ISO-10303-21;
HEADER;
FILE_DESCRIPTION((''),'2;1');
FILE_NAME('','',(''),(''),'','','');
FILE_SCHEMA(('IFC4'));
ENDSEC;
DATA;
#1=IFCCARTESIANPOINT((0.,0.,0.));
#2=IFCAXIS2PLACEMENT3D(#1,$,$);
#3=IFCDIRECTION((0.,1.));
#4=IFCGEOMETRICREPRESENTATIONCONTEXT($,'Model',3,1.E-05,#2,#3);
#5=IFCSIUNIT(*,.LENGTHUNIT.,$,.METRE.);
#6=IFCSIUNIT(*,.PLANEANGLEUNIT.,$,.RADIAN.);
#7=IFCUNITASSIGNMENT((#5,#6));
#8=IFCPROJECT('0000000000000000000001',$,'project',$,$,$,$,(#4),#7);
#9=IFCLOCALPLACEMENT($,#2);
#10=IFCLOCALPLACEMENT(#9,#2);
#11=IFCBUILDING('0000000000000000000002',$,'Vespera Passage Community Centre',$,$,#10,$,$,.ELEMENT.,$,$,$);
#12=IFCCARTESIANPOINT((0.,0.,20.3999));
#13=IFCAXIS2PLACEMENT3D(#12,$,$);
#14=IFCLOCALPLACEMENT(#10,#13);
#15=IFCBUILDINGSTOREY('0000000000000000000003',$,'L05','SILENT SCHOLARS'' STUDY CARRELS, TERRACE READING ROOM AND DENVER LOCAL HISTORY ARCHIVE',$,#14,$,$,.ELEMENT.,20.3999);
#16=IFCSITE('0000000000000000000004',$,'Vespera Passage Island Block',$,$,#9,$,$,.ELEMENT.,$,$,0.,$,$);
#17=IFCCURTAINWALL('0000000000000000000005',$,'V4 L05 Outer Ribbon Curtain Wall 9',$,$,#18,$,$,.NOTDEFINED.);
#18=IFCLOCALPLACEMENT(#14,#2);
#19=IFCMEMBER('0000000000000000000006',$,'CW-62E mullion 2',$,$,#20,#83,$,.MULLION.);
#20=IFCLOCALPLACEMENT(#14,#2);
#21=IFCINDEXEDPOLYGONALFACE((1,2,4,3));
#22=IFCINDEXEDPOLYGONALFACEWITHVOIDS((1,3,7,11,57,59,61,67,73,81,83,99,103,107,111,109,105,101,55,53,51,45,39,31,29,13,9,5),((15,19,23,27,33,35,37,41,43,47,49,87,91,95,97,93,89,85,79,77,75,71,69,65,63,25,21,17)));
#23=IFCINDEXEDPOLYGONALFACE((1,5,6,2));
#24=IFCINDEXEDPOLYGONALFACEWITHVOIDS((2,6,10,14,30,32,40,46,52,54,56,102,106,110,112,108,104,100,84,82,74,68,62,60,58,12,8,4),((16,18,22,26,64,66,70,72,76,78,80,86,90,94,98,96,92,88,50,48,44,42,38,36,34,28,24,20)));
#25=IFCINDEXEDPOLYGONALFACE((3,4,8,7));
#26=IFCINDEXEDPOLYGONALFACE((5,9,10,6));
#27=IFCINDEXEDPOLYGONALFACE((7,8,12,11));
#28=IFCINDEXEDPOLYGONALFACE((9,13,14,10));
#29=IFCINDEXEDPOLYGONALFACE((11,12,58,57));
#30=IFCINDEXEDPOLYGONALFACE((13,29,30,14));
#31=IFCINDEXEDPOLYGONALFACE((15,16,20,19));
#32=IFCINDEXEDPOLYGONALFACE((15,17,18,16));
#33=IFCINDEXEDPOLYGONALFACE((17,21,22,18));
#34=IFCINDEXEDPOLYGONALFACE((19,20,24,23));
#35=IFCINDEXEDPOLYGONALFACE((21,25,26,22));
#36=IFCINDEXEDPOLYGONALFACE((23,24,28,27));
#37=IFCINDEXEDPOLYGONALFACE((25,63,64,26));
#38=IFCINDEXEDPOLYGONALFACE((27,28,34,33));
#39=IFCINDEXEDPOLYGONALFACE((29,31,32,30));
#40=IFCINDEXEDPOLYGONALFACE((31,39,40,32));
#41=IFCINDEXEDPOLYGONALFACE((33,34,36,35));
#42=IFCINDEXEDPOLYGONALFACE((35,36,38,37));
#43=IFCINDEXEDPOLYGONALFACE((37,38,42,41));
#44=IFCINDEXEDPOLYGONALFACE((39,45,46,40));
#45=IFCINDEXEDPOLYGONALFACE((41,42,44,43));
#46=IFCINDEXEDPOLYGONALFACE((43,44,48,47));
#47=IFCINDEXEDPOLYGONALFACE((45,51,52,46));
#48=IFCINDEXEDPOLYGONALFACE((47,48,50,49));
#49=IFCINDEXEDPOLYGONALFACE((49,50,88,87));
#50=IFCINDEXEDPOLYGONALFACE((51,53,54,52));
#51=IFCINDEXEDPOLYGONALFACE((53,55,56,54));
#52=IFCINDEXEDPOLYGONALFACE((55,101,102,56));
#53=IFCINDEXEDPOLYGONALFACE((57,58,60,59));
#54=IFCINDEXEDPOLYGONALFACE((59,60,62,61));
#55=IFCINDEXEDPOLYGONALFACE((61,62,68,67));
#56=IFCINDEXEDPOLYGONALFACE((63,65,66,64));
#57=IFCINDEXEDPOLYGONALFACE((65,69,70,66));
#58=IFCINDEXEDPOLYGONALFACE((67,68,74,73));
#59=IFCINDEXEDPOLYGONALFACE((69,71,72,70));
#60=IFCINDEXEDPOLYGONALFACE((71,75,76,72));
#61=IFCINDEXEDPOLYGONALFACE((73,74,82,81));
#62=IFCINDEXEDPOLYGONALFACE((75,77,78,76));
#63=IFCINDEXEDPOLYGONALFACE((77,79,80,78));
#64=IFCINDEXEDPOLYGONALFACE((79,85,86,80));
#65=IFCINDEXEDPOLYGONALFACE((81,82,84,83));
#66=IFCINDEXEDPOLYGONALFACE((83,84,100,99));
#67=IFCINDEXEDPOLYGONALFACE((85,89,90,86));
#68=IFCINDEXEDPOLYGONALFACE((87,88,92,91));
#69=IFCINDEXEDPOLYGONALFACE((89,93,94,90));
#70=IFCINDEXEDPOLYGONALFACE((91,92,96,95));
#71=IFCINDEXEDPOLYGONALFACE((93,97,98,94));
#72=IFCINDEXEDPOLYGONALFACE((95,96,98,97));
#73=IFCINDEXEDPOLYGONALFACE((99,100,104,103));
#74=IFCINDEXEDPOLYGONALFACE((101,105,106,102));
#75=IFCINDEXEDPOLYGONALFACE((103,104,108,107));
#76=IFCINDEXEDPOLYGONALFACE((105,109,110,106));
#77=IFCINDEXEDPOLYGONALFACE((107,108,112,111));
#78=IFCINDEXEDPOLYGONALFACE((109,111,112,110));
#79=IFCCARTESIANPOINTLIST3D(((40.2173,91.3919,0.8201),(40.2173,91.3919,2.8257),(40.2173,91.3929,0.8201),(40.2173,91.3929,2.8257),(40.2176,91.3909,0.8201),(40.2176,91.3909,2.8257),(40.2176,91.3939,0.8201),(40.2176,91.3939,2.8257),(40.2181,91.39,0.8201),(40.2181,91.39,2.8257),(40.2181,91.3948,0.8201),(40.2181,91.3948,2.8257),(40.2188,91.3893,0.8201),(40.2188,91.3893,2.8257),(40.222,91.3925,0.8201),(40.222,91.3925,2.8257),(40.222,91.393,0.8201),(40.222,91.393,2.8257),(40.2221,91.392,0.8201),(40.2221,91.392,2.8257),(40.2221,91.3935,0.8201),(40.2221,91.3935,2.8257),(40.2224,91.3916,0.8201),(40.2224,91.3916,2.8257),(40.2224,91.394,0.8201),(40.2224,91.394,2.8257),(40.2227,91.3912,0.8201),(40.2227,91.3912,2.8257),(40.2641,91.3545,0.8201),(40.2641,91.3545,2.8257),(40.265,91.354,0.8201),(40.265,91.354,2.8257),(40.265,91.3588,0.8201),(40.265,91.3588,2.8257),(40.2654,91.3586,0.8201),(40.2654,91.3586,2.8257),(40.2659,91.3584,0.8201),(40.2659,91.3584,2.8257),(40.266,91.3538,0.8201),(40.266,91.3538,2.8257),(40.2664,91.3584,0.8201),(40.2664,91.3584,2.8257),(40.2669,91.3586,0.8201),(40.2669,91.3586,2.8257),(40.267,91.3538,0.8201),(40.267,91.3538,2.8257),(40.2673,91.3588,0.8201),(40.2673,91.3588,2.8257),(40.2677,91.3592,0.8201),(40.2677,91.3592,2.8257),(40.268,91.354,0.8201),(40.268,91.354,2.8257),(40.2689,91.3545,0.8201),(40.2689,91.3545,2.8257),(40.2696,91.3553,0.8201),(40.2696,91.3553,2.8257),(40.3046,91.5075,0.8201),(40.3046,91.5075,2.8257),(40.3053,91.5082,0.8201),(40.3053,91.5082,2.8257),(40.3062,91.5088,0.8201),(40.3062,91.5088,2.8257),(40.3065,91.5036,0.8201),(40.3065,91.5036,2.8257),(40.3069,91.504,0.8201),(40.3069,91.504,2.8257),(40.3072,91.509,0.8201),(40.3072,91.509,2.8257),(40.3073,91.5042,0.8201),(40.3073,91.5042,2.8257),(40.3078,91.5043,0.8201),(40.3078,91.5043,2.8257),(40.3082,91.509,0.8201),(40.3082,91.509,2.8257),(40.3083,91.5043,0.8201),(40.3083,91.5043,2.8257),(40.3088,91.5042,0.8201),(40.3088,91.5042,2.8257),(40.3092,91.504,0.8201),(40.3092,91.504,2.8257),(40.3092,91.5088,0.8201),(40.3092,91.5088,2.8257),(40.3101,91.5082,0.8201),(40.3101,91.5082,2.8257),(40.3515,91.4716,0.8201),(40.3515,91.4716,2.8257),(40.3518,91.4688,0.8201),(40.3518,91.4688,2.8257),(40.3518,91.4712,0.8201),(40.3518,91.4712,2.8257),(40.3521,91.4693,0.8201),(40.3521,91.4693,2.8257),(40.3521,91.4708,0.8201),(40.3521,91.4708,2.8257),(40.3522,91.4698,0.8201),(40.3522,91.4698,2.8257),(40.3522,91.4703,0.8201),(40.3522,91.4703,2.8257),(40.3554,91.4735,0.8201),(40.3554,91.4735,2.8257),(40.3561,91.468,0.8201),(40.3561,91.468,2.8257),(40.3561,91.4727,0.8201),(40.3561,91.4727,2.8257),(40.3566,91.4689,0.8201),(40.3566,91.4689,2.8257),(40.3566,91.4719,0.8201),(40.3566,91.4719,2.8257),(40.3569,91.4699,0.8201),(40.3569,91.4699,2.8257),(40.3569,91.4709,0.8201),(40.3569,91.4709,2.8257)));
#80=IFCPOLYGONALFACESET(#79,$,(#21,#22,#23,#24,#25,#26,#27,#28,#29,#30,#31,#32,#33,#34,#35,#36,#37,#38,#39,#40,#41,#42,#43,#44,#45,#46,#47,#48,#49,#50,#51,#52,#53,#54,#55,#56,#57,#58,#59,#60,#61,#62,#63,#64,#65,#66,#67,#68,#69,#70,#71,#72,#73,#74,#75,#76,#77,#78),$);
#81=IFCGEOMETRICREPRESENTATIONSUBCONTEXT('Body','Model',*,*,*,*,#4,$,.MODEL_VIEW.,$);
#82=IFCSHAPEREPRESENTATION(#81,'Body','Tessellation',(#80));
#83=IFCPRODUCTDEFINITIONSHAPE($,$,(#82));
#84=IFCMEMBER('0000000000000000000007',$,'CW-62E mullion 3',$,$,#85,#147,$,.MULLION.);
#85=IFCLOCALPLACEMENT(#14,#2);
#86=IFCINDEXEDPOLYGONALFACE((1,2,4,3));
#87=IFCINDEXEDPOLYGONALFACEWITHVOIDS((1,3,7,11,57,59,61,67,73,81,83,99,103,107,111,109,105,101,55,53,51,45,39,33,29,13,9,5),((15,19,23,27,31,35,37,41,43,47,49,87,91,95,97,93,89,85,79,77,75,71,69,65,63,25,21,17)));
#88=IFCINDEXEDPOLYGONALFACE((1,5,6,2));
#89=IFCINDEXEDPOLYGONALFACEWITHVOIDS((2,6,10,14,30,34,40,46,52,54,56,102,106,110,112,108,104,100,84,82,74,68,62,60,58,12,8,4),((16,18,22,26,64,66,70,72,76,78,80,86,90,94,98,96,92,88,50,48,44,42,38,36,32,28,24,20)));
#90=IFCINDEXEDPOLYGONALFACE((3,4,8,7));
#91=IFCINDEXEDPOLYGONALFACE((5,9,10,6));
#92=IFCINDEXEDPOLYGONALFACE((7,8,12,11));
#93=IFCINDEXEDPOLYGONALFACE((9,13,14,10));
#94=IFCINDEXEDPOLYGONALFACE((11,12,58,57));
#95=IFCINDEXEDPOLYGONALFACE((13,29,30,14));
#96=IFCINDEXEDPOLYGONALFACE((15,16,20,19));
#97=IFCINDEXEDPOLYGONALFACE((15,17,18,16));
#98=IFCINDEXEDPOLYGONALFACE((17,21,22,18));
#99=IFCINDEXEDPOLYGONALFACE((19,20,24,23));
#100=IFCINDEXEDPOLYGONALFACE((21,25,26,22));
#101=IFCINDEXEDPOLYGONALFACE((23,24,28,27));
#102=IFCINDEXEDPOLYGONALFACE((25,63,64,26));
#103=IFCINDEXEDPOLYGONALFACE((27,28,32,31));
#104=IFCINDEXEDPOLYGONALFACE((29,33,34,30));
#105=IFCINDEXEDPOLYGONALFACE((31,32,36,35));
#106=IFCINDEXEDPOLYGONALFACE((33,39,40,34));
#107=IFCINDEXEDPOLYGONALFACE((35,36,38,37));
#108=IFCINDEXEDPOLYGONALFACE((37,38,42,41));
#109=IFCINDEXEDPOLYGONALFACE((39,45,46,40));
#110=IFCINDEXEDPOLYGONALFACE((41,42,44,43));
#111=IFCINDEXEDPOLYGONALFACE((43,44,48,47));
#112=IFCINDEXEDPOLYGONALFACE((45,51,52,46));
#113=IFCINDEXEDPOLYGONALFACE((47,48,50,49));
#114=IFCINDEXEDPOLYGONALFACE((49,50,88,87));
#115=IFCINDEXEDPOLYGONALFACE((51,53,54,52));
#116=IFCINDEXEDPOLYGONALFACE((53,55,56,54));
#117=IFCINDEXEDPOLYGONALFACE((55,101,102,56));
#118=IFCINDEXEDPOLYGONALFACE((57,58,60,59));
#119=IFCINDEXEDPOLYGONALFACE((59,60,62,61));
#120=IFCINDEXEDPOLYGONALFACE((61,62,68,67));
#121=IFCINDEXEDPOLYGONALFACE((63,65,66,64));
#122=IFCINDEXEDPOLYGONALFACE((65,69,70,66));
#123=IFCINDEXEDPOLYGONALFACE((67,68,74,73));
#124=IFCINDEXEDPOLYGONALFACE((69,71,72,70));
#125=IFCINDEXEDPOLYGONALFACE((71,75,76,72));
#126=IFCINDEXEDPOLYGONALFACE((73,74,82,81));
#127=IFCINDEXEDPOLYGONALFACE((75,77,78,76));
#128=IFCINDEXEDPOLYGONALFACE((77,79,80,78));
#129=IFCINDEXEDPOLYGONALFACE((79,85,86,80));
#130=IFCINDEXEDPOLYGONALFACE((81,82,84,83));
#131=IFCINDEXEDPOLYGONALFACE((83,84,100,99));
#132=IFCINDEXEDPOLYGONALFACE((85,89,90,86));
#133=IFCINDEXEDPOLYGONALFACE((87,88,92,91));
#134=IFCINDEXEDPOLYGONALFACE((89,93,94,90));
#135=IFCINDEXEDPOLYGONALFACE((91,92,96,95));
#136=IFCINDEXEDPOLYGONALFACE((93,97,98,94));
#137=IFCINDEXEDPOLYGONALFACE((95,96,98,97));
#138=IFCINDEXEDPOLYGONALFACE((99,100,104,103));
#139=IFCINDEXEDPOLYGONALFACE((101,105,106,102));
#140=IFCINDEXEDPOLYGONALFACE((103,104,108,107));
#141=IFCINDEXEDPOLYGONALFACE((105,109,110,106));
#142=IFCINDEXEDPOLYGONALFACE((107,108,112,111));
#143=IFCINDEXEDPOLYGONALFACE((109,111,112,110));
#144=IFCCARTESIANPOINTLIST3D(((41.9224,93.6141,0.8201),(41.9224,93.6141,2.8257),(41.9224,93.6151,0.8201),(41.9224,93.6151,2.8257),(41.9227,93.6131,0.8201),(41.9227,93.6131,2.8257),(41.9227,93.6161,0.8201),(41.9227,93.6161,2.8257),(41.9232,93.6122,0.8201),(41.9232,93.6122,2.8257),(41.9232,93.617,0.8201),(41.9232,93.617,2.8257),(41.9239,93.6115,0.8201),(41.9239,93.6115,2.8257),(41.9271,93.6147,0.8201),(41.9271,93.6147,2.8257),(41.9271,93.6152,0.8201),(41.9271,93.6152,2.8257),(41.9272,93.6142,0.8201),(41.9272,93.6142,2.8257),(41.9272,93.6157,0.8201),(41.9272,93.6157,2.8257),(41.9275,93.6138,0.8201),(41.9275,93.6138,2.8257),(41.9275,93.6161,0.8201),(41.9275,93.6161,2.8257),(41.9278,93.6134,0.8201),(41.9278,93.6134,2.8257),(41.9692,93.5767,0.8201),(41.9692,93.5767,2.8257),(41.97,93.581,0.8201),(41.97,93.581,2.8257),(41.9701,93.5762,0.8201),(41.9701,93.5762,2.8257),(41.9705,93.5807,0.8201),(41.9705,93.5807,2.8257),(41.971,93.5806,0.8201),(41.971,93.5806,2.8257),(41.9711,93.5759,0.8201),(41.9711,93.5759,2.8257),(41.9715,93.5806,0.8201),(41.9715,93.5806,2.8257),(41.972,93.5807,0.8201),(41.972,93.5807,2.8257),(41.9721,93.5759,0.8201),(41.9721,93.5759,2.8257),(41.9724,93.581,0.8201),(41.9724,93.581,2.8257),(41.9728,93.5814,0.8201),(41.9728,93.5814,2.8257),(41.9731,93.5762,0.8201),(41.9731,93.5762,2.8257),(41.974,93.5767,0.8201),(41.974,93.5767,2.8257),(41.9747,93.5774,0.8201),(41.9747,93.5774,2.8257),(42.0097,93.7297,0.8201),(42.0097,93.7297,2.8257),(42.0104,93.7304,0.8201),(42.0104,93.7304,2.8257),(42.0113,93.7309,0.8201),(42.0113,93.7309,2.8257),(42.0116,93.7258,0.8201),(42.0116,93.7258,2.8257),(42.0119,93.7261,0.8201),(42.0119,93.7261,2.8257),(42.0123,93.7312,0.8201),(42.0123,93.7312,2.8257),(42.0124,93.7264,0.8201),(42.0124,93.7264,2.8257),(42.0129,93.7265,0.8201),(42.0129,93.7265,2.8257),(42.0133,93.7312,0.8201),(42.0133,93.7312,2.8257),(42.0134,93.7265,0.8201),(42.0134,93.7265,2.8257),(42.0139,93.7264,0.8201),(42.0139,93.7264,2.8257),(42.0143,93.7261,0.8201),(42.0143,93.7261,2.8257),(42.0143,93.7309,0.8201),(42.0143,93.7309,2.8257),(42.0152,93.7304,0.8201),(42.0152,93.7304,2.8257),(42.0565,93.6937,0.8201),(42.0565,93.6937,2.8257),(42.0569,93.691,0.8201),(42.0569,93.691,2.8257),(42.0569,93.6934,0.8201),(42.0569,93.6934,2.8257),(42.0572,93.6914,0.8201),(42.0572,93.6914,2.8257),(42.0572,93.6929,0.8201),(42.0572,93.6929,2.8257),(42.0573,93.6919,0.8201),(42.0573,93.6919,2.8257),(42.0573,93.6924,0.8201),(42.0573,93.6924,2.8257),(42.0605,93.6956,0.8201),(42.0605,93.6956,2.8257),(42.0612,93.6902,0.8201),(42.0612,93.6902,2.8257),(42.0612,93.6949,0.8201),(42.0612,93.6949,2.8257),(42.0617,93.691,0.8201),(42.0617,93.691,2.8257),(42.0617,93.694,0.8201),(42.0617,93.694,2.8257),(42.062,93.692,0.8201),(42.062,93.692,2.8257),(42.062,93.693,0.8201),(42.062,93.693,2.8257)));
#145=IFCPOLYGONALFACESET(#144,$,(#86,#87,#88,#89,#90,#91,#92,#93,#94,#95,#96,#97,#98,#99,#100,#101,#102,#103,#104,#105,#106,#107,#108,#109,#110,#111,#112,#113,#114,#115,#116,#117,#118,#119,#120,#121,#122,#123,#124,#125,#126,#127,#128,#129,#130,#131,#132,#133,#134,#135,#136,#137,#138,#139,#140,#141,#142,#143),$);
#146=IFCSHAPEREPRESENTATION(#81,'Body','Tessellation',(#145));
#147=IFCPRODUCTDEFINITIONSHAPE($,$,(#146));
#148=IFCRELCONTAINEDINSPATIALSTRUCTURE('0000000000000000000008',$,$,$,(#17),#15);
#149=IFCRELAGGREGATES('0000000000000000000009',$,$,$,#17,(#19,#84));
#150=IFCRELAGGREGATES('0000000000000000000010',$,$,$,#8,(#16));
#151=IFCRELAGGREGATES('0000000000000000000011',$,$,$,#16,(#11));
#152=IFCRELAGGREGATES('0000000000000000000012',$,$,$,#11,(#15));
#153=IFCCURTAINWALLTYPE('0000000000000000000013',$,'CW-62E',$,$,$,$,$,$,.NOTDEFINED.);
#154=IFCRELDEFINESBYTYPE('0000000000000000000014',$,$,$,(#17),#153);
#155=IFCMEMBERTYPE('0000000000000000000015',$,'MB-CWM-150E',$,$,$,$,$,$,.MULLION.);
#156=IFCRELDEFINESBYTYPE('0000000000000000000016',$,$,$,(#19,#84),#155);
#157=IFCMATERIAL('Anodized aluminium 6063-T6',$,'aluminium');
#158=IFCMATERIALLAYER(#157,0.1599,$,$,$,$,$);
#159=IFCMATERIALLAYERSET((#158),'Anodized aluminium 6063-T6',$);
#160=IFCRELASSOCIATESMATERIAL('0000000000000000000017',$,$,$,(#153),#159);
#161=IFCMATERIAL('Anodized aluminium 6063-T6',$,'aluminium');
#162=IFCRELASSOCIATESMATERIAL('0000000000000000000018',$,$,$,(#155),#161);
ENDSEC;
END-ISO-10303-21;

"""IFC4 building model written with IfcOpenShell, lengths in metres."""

from ifc_helpers import new_model, si_unit, direction, frame, origin, origin_2d, place, context, subcontext, project, spatial, hollow_rectangle, extrude, material, layer, layer_set, material_profile, profile_set, type_object, element, aggregate, save


model = new_model("IFC4")

# Units and contexts
model_context = context("Model", 3, precision=1e-05, world=origin(), true_north=direction((0.0, 1.0)))
body_context = subcontext(model_context, "Body", "Model", "MODEL_VIEW")
ifc_project = project(units=[si_unit("LENGTHUNIT", "METRE"), si_unit("PLANEANGLEUNIT", "RADIAN")], contexts=[model_context])

# Site, building, storey
site_placement = place(None, origin())
site = spatial("IfcSite", under=ifc_project, at=site_placement, Name="Vespera Passage Island Block", CompositionType="ELEMENT", RefElevation=0.0)
building_placement = place(site_placement, origin())
building = spatial("IfcBuilding", under=site, at=building_placement, Name="Vespera Passage Community Centre", CompositionType="ELEMENT")
storey_placement = place(building_placement, frame((0.0, 0.0, 20.3999)))
storey = spatial("IfcBuildingStorey", under=building, at=storey_placement, Name="L05", Description="SILENT SCHOLARS' STUDY CARRELS, TERRACE READING ROOM AND DENVER LOCAL HISTORY ARCHIVE", CompositionType="ELEMENT", Elevation=20.3999)

# Curtain wall, members
ifc_material_1 = material(Name="Anodized aluminium 6063-T6", Category="aluminium")
ifc_layer_1 = layer(ifc_material_1, 0.1599)
ifc_layer_set_1 = layer_set([ifc_layer_1], Name="Anodized aluminium 6063-T6")
curtain_wall_type = type_object("IfcCurtainWallType", Name="CW-62E", PredefinedType="NOTDEFINED", material=ifc_layer_set_1)
curtain_wall_placement = place(storey_placement, origin())
curtain_wall = element("IfcCurtainWall", 1, at=curtain_wall_placement, inside=storey, type_object=curtain_wall_type, Name="V4 L05 Outer Ribbon Curtain Wall 9", PredefinedType="NOTDEFINED")
ifc_material_2 = material(Name="Anodized aluminium 6063-T6", Category="aluminium")
ifc_material_profile_1 = material_profile(ifc_material_2, hollow_rectangle(XDim=0.0649, YDim=0.1499, WallThickness=0.0039, InnerFilletRadius=0.002, OuterFilletRadius=0.0039, at=origin_2d()), Name="ALU150X65X4")
ifc_profile_set_1 = profile_set([ifc_material_profile_1], Name="Anodized aluminium 6063-T6")
member_type_1 = type_object("IfcMemberType", Name="MB-CWM-150E", PredefinedType="MULLION", material=ifc_profile_set_1)
member_1_placement = place(storey_placement, frame((40.2871, 91.4314, 0.8201), z_axis=(0.0, 0.0, 1.0), x_axis=(-0.79335, 0.608765, 0.0)))
member_1 = element("IfcMember", 2, at=member_1_placement, type_object=member_type_1, Name="CW-62E mullion 2", PredefinedType="MULLION", context=body_context, shape_type="SweptSolid", body=[
    extrude(hollow_rectangle(XDim=0.0649, YDim=0.1499, WallThickness=0.0039, InnerFilletRadius=0.002, OuterFilletRadius=0.0039, at=origin_2d()), origin(), (0.0, 0.0, 1.0), 2.0056),
])
member_2_placement = place(storey_placement, frame((41.9922, 93.6536, 0.8201), z_axis=(0.0, 0.0, 1.0), x_axis=(-0.79335, 0.608765, 0.0)))
member_2 = element("IfcMember", 3, at=member_2_placement, type_object=member_type_1, Name="CW-62E mullion 3", PredefinedType="MULLION", context=body_context, shape_type="SweptSolid", body=[
    extrude(hollow_rectangle(XDim=0.0649, YDim=0.1499, WallThickness=0.0039, InnerFilletRadius=0.002, OuterFilletRadius=0.0039, at=origin_2d()), origin(), (0.0, 0.0, 1.0), 2.0056),
])
aggregate(curtain_wall, [member_1, member_2])

save(model, "model.ifc")
